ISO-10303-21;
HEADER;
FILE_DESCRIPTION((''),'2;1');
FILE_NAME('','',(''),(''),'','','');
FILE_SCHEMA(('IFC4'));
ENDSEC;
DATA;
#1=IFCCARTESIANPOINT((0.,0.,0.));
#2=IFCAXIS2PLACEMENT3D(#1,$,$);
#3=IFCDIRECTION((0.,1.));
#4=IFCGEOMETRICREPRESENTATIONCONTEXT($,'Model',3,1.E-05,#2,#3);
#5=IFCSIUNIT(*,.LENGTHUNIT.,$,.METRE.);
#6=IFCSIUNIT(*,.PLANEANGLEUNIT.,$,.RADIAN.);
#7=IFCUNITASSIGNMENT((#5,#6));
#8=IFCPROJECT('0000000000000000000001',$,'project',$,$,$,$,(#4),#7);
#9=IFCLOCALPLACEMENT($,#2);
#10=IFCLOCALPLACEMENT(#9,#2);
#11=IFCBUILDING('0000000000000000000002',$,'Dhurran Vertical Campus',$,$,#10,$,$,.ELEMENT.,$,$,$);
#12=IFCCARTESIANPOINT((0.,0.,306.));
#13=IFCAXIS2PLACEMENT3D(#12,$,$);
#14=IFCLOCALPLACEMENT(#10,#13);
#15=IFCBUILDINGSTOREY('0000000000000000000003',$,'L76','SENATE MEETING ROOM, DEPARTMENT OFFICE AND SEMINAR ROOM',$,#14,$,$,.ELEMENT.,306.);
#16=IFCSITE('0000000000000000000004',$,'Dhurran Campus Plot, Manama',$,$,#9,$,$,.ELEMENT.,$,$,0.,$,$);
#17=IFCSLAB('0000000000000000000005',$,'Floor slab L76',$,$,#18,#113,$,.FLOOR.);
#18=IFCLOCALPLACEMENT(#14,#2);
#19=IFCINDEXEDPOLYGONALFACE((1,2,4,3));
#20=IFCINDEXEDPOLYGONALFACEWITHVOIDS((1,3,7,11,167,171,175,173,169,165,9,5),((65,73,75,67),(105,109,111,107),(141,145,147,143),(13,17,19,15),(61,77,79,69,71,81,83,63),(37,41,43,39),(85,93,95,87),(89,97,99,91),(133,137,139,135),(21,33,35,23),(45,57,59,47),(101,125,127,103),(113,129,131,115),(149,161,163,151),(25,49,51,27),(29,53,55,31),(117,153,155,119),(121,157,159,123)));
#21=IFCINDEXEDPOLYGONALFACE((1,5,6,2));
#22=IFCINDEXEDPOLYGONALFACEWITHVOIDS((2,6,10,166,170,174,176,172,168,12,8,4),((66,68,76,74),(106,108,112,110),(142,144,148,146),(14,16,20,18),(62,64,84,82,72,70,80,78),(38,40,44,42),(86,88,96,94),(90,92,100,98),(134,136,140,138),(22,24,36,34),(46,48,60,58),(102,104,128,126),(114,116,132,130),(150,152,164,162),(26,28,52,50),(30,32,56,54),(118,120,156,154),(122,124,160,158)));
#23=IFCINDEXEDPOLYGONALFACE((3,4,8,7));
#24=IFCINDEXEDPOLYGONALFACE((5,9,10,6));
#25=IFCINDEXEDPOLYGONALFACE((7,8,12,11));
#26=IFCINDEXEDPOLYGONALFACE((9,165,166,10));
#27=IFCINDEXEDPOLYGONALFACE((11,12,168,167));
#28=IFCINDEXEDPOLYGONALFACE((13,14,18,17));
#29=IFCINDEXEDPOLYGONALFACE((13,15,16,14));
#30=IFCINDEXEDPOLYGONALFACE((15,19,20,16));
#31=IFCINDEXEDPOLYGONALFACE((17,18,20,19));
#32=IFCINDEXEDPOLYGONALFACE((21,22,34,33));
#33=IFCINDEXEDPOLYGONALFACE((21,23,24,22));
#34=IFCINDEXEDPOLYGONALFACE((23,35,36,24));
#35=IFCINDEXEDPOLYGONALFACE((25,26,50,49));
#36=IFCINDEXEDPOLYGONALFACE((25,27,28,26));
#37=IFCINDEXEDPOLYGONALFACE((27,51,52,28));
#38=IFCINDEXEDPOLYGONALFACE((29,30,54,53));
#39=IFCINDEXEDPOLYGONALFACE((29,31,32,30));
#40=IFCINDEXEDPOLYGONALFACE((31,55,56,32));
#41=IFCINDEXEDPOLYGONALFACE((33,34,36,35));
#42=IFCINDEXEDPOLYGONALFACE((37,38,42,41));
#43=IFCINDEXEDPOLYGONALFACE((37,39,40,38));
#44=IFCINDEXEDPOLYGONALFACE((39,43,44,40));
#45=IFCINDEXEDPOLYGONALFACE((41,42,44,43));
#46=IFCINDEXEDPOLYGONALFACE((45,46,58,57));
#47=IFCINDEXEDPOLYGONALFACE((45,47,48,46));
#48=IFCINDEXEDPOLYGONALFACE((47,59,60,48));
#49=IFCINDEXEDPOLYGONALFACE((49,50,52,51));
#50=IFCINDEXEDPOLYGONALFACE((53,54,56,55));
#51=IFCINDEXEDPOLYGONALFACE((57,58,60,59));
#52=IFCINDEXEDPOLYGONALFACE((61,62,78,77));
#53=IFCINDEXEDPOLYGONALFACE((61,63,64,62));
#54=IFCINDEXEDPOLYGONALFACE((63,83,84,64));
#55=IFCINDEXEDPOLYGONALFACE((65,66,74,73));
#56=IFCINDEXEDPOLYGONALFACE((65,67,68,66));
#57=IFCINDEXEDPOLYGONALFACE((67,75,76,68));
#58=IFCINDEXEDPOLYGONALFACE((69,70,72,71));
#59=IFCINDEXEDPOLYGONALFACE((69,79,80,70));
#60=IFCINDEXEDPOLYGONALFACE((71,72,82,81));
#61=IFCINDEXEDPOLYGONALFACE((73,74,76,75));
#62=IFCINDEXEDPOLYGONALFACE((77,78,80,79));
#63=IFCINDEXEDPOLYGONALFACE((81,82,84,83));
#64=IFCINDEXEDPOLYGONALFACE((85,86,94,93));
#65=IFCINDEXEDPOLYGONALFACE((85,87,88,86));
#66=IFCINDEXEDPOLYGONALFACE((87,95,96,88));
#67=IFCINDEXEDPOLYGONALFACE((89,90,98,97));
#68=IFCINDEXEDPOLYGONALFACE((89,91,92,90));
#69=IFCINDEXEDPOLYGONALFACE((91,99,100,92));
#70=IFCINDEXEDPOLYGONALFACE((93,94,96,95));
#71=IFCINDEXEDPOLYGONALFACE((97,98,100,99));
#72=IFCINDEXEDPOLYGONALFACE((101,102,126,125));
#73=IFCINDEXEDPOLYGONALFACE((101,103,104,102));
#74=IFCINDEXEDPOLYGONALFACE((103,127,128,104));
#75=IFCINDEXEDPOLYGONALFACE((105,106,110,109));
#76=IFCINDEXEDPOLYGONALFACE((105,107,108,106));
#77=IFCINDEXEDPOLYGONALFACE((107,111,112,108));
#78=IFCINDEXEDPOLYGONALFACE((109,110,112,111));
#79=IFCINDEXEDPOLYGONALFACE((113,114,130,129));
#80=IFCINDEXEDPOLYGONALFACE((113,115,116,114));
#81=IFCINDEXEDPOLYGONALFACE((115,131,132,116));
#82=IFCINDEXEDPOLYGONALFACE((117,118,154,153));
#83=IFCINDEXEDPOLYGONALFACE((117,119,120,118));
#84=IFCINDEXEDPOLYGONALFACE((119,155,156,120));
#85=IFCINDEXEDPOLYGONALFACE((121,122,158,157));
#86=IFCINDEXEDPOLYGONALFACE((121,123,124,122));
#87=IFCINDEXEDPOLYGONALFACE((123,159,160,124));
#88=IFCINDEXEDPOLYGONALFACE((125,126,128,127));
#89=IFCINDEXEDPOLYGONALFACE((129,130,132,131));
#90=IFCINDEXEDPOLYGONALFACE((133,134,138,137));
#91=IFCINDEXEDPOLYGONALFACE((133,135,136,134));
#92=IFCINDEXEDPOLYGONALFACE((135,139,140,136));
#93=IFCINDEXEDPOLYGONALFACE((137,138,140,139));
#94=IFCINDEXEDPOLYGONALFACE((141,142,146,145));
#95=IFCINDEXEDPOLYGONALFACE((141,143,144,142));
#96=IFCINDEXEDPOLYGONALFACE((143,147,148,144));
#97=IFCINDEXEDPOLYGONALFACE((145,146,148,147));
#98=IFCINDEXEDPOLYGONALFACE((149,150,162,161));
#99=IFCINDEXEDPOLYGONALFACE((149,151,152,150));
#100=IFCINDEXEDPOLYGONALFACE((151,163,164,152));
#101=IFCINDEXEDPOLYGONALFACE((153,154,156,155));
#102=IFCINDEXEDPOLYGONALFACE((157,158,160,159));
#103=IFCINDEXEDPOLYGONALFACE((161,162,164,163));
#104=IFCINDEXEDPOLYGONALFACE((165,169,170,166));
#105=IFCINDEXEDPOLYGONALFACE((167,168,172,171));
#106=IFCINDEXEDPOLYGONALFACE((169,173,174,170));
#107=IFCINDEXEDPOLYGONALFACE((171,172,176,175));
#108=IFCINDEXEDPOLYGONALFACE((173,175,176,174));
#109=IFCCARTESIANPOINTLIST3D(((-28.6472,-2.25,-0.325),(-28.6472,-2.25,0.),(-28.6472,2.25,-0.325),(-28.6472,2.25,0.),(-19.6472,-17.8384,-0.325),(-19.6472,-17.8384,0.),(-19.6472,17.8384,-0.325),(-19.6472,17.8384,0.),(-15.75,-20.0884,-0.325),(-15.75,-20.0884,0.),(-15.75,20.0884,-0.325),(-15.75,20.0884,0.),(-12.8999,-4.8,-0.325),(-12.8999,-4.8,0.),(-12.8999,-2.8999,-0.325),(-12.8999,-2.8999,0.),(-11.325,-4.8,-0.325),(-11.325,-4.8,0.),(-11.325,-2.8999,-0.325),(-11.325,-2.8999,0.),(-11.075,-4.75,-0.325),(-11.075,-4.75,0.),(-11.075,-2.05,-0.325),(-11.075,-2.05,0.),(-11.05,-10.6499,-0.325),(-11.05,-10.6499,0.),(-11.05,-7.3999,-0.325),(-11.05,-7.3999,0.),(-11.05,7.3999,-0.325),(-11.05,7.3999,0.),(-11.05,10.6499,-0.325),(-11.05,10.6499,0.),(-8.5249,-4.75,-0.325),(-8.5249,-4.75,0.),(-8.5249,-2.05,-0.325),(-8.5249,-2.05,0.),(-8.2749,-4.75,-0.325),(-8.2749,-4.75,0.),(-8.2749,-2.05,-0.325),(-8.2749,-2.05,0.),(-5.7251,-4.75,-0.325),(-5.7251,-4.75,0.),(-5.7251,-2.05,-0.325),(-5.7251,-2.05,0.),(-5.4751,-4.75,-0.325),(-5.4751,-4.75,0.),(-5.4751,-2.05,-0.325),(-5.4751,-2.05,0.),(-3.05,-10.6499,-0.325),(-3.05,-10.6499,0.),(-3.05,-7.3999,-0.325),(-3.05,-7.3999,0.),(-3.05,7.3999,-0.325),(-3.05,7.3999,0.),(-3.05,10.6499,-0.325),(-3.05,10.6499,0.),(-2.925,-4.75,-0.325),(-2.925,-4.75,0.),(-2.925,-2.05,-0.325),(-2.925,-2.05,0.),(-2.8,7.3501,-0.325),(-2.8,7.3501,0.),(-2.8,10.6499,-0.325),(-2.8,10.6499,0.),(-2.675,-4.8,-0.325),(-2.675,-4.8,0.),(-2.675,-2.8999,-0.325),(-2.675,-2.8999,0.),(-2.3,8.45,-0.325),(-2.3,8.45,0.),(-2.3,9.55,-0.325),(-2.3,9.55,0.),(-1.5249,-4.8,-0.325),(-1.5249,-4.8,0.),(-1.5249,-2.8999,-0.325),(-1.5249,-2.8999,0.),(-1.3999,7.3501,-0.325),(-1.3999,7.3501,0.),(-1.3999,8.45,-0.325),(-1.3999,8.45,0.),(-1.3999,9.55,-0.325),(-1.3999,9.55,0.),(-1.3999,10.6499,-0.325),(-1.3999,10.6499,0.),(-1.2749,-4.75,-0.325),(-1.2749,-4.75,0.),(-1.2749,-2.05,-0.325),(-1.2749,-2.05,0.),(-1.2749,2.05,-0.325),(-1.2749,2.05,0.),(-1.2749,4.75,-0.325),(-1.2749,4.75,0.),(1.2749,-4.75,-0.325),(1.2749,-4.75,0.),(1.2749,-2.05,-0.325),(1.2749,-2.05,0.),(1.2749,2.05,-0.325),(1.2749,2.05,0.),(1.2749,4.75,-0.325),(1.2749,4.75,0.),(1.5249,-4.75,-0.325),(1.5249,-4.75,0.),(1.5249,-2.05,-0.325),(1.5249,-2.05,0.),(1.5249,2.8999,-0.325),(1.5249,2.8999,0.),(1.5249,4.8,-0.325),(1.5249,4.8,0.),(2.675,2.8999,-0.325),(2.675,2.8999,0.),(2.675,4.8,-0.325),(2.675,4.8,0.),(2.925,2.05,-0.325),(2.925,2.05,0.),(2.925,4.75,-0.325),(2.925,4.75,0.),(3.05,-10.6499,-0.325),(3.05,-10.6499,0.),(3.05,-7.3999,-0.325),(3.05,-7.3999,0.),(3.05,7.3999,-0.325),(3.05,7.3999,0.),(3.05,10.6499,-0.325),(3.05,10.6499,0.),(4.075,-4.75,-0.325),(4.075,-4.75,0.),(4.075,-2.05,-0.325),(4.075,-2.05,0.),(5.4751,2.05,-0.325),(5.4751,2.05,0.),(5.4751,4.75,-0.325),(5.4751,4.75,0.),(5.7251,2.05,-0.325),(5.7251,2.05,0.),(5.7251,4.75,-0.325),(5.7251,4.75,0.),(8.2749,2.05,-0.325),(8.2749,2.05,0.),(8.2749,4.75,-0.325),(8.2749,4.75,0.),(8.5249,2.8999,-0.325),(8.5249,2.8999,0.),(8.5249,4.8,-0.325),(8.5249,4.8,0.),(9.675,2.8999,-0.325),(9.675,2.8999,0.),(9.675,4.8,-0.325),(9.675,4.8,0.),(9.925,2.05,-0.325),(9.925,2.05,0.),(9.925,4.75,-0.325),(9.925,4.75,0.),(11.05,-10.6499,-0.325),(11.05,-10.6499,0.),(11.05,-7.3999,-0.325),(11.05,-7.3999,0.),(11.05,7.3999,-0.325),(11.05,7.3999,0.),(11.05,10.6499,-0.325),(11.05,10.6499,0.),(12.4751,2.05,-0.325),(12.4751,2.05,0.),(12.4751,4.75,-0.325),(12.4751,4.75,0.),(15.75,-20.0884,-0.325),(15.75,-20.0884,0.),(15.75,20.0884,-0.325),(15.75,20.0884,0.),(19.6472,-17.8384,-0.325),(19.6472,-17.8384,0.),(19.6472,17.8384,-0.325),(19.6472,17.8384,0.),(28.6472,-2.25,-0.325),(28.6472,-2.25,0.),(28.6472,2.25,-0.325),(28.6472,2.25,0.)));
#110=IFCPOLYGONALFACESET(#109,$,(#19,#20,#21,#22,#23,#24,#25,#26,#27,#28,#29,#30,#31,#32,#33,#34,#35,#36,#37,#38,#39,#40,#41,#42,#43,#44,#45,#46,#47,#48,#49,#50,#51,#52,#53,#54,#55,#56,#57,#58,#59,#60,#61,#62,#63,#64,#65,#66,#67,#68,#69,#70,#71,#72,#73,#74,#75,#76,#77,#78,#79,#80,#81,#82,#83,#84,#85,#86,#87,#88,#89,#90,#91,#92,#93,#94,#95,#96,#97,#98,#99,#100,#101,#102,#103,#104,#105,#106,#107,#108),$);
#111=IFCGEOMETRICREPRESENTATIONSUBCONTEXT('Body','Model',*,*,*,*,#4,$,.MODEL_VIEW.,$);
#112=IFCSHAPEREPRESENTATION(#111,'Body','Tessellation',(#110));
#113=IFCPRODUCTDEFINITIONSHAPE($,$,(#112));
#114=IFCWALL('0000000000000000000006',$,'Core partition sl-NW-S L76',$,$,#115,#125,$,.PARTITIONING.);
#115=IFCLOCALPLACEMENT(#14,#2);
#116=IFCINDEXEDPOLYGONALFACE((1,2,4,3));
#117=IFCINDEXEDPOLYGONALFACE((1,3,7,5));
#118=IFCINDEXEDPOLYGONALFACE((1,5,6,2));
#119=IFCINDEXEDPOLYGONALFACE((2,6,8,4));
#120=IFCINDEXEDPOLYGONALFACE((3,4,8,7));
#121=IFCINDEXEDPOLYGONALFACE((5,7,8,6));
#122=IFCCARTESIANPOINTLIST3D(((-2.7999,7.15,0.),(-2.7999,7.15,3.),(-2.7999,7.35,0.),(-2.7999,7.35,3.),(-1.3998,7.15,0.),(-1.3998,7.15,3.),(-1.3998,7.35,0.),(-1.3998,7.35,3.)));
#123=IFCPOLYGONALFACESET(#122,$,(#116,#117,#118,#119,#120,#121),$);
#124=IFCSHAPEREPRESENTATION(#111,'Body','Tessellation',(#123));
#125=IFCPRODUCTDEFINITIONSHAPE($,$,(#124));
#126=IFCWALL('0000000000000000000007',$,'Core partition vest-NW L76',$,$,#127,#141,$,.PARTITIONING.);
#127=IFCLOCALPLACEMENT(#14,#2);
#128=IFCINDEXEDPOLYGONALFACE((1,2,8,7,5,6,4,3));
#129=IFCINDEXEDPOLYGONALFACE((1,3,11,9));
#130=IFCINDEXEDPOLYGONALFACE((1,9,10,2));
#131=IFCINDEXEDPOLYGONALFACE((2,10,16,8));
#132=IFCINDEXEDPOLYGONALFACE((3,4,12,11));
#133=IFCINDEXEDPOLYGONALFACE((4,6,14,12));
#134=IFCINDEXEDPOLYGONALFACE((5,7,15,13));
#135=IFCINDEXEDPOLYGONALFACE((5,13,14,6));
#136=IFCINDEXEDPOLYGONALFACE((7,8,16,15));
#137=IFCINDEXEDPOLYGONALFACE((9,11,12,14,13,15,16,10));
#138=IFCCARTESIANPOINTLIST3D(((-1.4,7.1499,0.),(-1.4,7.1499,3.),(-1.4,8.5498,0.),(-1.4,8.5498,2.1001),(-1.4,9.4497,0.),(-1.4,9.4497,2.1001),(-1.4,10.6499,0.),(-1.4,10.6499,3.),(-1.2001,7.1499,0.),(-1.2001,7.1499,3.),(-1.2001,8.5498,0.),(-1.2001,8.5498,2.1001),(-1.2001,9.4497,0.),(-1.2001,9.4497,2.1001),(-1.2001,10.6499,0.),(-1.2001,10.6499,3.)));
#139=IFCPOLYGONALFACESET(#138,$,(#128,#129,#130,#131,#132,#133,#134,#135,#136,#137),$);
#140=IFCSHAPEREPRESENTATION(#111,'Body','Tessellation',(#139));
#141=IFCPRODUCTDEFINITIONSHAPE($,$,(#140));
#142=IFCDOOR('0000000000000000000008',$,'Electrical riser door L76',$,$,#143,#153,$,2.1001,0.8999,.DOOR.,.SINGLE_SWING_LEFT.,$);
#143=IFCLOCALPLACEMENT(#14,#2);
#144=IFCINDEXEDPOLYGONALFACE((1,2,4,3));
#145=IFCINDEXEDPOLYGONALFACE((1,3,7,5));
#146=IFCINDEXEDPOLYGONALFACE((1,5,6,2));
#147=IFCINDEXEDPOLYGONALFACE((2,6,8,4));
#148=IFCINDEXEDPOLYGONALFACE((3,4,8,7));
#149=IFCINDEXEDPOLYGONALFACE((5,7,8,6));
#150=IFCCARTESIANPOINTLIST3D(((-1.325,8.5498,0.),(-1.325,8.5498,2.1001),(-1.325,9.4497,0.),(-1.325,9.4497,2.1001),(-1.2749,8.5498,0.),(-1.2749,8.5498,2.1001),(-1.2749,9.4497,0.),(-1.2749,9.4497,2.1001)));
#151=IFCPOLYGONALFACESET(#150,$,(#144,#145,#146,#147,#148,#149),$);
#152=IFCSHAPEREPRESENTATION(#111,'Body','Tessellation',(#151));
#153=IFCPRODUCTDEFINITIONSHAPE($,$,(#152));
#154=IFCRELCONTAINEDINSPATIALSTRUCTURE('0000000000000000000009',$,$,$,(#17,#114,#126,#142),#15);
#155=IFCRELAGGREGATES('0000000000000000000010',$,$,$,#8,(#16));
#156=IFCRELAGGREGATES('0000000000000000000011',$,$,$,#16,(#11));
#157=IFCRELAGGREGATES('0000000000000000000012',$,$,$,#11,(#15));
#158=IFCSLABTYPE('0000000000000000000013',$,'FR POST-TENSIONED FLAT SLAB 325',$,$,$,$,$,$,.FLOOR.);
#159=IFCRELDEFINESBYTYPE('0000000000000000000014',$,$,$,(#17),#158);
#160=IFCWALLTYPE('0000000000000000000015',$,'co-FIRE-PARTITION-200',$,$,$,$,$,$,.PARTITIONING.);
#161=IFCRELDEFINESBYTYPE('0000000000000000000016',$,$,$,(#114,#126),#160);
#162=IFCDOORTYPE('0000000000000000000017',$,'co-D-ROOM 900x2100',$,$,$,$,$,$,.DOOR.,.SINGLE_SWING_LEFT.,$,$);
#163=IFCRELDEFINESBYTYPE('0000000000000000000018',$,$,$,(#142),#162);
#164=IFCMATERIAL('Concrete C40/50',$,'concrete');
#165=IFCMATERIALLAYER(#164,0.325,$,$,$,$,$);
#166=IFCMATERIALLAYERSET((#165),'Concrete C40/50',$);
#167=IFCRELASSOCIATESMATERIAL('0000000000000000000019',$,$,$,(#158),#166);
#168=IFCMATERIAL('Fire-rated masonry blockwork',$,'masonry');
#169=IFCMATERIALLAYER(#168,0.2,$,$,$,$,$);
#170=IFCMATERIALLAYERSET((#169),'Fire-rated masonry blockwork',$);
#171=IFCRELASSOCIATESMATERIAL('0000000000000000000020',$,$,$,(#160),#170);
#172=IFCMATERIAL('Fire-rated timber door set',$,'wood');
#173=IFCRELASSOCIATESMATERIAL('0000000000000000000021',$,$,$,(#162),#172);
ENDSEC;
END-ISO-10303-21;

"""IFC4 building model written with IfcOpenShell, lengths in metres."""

from ifc_helpers import new_model, si_unit, direction, frame, frame_2d, origin, place, context, subcontext, project, spatial, polyline, rectangle, outline, extrude, material, layer, layer_set, type_object, element, fill, save


model = new_model("IFC4")

# Units and contexts
model_context = context("Model", 3, precision=1e-05, world=origin(), true_north=direction((0.0, 1.0)))
body_context = subcontext(model_context, "Body", "Model", "MODEL_VIEW")
ifc_project = project(units=[si_unit("LENGTHUNIT", "METRE"), si_unit("PLANEANGLEUNIT", "RADIAN")], contexts=[model_context])

# Site, building, storey
site_placement = place(None, origin())
site = spatial("IfcSite", under=ifc_project, at=site_placement, Name="Dhurran Campus Plot, Manama", CompositionType="ELEMENT", RefElevation=0.0)
building_placement = place(site_placement, origin())
building = spatial("IfcBuilding", under=site, at=building_placement, Name="Dhurran Vertical Campus", CompositionType="ELEMENT")
storey_placement = place(building_placement, frame((0.0, 0.0, 306.0)))
storey = spatial("IfcBuildingStorey", under=building, at=storey_placement, Name="L76", Description="SENATE MEETING ROOM, DEPARTMENT OFFICE AND SEMINAR ROOM", CompositionType="ELEMENT", Elevation=306.0)

# Slab
ifc_material_1 = material(Name="Concrete C40/50", Category="concrete")
ifc_layer_1 = layer(ifc_material_1, 0.325)
ifc_layer_set_1 = layer_set([ifc_layer_1], Name="Concrete C40/50")
slab_type = type_object("IfcSlabType", Name="FR POST-TENSIONED FLAT SLAB 325", PredefinedType="FLOOR", material=ifc_layer_set_1)
slab_placement = place(storey_placement, frame((0.0, 0.0, -0.325)))
element("IfcSlab", 1, at=slab_placement, inside=storey, type_object=slab_type, Name="Floor slab L76", PredefinedType="FLOOR", context=body_context, shape_type="SweptSolid", body=[
    extrude(outline(polyline([(-15.75, -20.0884), (15.75, -20.0884), (19.6472, -17.8384), (28.6472, -2.25), (28.6472, 2.25), (19.6472, 17.8384), (15.75, 20.0884), (-15.75, 20.0884), (-19.6472, 17.8384), (-28.6472, 2.25), (-28.6472, -2.25), (-19.6472, -17.8384), (-15.75, -20.0884)]), holes=[polyline([(-1.2749, 2.05), (1.2749, 2.05), (1.2749, 4.75), (-1.2749, 4.75), (-1.2749, 2.05)]), polyline([(9.925, 2.05), (12.4751, 2.05), (12.4751, 4.75), (9.925, 4.75), (9.925, 2.05)]), polyline([(-1.2749, -4.75), (1.2749, -4.75), (1.2749, -2.05), (-1.2749, -2.05), (-1.2749, -4.75)]), polyline([(1.5249, -4.75), (4.075, -4.75), (4.075, -2.05), (1.5249, -2.05), (1.5249, -4.75)]), polyline([(2.925, 2.05), (5.4751, 2.05), (5.4751, 4.75), (2.925, 4.75), (2.925, 2.05)]), polyline([(5.7251, 2.05), (8.2749, 2.05), (8.2749, 4.75), (5.7251, 4.75), (5.7251, 2.05)]), polyline([(-11.075, -4.75), (-8.5249, -4.75), (-8.5249, -2.05), (-11.075, -2.05), (-11.075, -4.75)]), polyline([(-8.2749, -4.75), (-5.7251, -4.75), (-5.7251, -2.05), (-8.2749, -2.05), (-8.2749, -4.75)]), polyline([(-5.4751, -4.75), (-2.925, -4.75), (-2.925, -2.05), (-5.4751, -2.05), (-5.4751, -4.75)]), polyline([(-11.05, 7.3999), (-3.05, 7.3999), (-3.05, 10.6499), (-11.05, 10.6499), (-11.05, 7.3999)]), polyline([(3.05, 7.3999), (11.05, 7.3999), (11.05, 10.6499), (3.05, 10.6499), (3.05, 7.3999)]), polyline([(-11.05, -10.6499), (-3.05, -10.6499), (-3.05, -7.3999), (-11.05, -7.3999), (-11.05, -10.6499)]), polyline([(3.05, -10.6499), (11.05, -10.6499), (11.05, -7.3999), (3.05, -7.3999), (3.05, -10.6499)]), polyline([(-2.8, 10.6499), (-1.3999, 10.6499), (-1.3999, 9.55), (-2.3, 9.55), (-2.3, 8.45), (-1.3999, 8.45), (-1.3999, 7.3501), (-2.8, 7.3501), (-2.8, 10.6499)]), polyline([(2.675, 2.8999), (1.5249, 2.8999), (1.5249, 4.8), (2.675, 4.8), (2.675, 2.8999)]), polyline([(-12.8999, -2.8999), (-11.325, -2.8999), (-11.325, -4.8), (-12.8999, -4.8), (-12.8999, -2.8999)]), polyline([(-2.675, -2.8999), (-1.5249, -2.8999), (-1.5249, -4.8), (-2.675, -4.8), (-2.675, -2.8999)]), polyline([(9.675, 2.8999), (8.5249, 2.8999), (8.5249, 4.8), (9.675, 4.8), (9.675, 2.8999)])]), origin(), (0.0, 0.0, 1.0), 0.325),
])

# Wall
ifc_material_2 = material(Name="Fire-rated masonry blockwork", Category="masonry")
ifc_layer_2 = layer(ifc_material_2, 0.2)
ifc_layer_set_2 = layer_set([ifc_layer_2], Name="Fire-rated masonry blockwork")
wall_type_1 = type_object("IfcWallType", Name="co-FIRE-PARTITION-200", PredefinedType="PARTITIONING", material=ifc_layer_set_2)
wall_1_placement = place(storey_placement, frame((-2.8, 7.25, 0.0), z_axis=(0.0, 0.0, 1.0), x_axis=(1.0, 0.0, 0.0)))
element("IfcWall", 2, at=wall_1_placement, inside=storey, type_object=wall_type_1, Name="Core partition sl-NW-S L76", PredefinedType="PARTITIONING", context=body_context, shape_type="SweptSolid", body=[
    extrude(rectangle(XDim=1.4001, YDim=0.2, at=frame_2d((0.7002, 0.0))), origin(), (0.0, 0.0, 1.0), 3.0),
])

# Wall, opening, door
wall_2_placement = place(storey_placement, frame((-1.3, 7.1499, 0.0), z_axis=(0.0, 0.0, 1.0), x_axis=(0.0, 1.0, 0.0)))
wall_2 = element("IfcWall", 3, at=wall_2_placement, inside=storey, type_object=wall_type_1, Name="Core partition vest-NW L76", PredefinedType="PARTITIONING", context=body_context, shape_type="SweptSolid", body=[
    extrude(rectangle(XDim=3.5, YDim=0.2, at=frame_2d((1.75, 0.0))), origin(), (0.0, 0.0, 1.0), 3.0),
])
opening_1_placement = place(wall_2_placement, frame((1.3999, 0.0, 0.0)))
opening_1 = element("IfcOpeningElement", 4, at=opening_1_placement, cuts=wall_2, PredefinedType="OPENING", context=body_context, shape_type="SweptSolid", body=[
    extrude(rectangle(XDim=0.8999, YDim=2.1001, at=frame_2d((0.45, 1.05))), frame((0.0, 0.1099, 0.0), z_axis=(0.0, -1.0, 0.0), x_axis=(1.0, 0.0, 0.0)), (0.0, 0.0, 1.0), 0.22),
])
ifc_material_3 = material(Name="Fire-rated timber door set", Category="wood")
door_type_1 = type_object("IfcDoorType", Name="co-D-ROOM 900x2100", OperationType="SINGLE_SWING_LEFT", PredefinedType="DOOR", material=ifc_material_3)
door_1_placement = place(opening_1_placement, origin())
door_1 = element("IfcDoor", 5, at=door_1_placement, inside=storey, type_object=door_type_1, Name="Electrical riser door L76", OperationType="SINGLE_SWING_LEFT", OverallHeight=2.1001, OverallWidth=0.8999, PredefinedType="DOOR", context=body_context, shape_type="SweptSolid", body=[
    extrude(rectangle(XDim=0.8999, YDim=2.1001, at=frame_2d((0.45, 1.05))), frame((0.0, 0.0249, 0.0), z_axis=(0.0, -1.0, 0.0), x_axis=(1.0, 0.0, 0.0)), (0.0, 0.0, 1.0), 0.05),
])
fill(opening_1, door_1)

save(model, "model.ifc")
